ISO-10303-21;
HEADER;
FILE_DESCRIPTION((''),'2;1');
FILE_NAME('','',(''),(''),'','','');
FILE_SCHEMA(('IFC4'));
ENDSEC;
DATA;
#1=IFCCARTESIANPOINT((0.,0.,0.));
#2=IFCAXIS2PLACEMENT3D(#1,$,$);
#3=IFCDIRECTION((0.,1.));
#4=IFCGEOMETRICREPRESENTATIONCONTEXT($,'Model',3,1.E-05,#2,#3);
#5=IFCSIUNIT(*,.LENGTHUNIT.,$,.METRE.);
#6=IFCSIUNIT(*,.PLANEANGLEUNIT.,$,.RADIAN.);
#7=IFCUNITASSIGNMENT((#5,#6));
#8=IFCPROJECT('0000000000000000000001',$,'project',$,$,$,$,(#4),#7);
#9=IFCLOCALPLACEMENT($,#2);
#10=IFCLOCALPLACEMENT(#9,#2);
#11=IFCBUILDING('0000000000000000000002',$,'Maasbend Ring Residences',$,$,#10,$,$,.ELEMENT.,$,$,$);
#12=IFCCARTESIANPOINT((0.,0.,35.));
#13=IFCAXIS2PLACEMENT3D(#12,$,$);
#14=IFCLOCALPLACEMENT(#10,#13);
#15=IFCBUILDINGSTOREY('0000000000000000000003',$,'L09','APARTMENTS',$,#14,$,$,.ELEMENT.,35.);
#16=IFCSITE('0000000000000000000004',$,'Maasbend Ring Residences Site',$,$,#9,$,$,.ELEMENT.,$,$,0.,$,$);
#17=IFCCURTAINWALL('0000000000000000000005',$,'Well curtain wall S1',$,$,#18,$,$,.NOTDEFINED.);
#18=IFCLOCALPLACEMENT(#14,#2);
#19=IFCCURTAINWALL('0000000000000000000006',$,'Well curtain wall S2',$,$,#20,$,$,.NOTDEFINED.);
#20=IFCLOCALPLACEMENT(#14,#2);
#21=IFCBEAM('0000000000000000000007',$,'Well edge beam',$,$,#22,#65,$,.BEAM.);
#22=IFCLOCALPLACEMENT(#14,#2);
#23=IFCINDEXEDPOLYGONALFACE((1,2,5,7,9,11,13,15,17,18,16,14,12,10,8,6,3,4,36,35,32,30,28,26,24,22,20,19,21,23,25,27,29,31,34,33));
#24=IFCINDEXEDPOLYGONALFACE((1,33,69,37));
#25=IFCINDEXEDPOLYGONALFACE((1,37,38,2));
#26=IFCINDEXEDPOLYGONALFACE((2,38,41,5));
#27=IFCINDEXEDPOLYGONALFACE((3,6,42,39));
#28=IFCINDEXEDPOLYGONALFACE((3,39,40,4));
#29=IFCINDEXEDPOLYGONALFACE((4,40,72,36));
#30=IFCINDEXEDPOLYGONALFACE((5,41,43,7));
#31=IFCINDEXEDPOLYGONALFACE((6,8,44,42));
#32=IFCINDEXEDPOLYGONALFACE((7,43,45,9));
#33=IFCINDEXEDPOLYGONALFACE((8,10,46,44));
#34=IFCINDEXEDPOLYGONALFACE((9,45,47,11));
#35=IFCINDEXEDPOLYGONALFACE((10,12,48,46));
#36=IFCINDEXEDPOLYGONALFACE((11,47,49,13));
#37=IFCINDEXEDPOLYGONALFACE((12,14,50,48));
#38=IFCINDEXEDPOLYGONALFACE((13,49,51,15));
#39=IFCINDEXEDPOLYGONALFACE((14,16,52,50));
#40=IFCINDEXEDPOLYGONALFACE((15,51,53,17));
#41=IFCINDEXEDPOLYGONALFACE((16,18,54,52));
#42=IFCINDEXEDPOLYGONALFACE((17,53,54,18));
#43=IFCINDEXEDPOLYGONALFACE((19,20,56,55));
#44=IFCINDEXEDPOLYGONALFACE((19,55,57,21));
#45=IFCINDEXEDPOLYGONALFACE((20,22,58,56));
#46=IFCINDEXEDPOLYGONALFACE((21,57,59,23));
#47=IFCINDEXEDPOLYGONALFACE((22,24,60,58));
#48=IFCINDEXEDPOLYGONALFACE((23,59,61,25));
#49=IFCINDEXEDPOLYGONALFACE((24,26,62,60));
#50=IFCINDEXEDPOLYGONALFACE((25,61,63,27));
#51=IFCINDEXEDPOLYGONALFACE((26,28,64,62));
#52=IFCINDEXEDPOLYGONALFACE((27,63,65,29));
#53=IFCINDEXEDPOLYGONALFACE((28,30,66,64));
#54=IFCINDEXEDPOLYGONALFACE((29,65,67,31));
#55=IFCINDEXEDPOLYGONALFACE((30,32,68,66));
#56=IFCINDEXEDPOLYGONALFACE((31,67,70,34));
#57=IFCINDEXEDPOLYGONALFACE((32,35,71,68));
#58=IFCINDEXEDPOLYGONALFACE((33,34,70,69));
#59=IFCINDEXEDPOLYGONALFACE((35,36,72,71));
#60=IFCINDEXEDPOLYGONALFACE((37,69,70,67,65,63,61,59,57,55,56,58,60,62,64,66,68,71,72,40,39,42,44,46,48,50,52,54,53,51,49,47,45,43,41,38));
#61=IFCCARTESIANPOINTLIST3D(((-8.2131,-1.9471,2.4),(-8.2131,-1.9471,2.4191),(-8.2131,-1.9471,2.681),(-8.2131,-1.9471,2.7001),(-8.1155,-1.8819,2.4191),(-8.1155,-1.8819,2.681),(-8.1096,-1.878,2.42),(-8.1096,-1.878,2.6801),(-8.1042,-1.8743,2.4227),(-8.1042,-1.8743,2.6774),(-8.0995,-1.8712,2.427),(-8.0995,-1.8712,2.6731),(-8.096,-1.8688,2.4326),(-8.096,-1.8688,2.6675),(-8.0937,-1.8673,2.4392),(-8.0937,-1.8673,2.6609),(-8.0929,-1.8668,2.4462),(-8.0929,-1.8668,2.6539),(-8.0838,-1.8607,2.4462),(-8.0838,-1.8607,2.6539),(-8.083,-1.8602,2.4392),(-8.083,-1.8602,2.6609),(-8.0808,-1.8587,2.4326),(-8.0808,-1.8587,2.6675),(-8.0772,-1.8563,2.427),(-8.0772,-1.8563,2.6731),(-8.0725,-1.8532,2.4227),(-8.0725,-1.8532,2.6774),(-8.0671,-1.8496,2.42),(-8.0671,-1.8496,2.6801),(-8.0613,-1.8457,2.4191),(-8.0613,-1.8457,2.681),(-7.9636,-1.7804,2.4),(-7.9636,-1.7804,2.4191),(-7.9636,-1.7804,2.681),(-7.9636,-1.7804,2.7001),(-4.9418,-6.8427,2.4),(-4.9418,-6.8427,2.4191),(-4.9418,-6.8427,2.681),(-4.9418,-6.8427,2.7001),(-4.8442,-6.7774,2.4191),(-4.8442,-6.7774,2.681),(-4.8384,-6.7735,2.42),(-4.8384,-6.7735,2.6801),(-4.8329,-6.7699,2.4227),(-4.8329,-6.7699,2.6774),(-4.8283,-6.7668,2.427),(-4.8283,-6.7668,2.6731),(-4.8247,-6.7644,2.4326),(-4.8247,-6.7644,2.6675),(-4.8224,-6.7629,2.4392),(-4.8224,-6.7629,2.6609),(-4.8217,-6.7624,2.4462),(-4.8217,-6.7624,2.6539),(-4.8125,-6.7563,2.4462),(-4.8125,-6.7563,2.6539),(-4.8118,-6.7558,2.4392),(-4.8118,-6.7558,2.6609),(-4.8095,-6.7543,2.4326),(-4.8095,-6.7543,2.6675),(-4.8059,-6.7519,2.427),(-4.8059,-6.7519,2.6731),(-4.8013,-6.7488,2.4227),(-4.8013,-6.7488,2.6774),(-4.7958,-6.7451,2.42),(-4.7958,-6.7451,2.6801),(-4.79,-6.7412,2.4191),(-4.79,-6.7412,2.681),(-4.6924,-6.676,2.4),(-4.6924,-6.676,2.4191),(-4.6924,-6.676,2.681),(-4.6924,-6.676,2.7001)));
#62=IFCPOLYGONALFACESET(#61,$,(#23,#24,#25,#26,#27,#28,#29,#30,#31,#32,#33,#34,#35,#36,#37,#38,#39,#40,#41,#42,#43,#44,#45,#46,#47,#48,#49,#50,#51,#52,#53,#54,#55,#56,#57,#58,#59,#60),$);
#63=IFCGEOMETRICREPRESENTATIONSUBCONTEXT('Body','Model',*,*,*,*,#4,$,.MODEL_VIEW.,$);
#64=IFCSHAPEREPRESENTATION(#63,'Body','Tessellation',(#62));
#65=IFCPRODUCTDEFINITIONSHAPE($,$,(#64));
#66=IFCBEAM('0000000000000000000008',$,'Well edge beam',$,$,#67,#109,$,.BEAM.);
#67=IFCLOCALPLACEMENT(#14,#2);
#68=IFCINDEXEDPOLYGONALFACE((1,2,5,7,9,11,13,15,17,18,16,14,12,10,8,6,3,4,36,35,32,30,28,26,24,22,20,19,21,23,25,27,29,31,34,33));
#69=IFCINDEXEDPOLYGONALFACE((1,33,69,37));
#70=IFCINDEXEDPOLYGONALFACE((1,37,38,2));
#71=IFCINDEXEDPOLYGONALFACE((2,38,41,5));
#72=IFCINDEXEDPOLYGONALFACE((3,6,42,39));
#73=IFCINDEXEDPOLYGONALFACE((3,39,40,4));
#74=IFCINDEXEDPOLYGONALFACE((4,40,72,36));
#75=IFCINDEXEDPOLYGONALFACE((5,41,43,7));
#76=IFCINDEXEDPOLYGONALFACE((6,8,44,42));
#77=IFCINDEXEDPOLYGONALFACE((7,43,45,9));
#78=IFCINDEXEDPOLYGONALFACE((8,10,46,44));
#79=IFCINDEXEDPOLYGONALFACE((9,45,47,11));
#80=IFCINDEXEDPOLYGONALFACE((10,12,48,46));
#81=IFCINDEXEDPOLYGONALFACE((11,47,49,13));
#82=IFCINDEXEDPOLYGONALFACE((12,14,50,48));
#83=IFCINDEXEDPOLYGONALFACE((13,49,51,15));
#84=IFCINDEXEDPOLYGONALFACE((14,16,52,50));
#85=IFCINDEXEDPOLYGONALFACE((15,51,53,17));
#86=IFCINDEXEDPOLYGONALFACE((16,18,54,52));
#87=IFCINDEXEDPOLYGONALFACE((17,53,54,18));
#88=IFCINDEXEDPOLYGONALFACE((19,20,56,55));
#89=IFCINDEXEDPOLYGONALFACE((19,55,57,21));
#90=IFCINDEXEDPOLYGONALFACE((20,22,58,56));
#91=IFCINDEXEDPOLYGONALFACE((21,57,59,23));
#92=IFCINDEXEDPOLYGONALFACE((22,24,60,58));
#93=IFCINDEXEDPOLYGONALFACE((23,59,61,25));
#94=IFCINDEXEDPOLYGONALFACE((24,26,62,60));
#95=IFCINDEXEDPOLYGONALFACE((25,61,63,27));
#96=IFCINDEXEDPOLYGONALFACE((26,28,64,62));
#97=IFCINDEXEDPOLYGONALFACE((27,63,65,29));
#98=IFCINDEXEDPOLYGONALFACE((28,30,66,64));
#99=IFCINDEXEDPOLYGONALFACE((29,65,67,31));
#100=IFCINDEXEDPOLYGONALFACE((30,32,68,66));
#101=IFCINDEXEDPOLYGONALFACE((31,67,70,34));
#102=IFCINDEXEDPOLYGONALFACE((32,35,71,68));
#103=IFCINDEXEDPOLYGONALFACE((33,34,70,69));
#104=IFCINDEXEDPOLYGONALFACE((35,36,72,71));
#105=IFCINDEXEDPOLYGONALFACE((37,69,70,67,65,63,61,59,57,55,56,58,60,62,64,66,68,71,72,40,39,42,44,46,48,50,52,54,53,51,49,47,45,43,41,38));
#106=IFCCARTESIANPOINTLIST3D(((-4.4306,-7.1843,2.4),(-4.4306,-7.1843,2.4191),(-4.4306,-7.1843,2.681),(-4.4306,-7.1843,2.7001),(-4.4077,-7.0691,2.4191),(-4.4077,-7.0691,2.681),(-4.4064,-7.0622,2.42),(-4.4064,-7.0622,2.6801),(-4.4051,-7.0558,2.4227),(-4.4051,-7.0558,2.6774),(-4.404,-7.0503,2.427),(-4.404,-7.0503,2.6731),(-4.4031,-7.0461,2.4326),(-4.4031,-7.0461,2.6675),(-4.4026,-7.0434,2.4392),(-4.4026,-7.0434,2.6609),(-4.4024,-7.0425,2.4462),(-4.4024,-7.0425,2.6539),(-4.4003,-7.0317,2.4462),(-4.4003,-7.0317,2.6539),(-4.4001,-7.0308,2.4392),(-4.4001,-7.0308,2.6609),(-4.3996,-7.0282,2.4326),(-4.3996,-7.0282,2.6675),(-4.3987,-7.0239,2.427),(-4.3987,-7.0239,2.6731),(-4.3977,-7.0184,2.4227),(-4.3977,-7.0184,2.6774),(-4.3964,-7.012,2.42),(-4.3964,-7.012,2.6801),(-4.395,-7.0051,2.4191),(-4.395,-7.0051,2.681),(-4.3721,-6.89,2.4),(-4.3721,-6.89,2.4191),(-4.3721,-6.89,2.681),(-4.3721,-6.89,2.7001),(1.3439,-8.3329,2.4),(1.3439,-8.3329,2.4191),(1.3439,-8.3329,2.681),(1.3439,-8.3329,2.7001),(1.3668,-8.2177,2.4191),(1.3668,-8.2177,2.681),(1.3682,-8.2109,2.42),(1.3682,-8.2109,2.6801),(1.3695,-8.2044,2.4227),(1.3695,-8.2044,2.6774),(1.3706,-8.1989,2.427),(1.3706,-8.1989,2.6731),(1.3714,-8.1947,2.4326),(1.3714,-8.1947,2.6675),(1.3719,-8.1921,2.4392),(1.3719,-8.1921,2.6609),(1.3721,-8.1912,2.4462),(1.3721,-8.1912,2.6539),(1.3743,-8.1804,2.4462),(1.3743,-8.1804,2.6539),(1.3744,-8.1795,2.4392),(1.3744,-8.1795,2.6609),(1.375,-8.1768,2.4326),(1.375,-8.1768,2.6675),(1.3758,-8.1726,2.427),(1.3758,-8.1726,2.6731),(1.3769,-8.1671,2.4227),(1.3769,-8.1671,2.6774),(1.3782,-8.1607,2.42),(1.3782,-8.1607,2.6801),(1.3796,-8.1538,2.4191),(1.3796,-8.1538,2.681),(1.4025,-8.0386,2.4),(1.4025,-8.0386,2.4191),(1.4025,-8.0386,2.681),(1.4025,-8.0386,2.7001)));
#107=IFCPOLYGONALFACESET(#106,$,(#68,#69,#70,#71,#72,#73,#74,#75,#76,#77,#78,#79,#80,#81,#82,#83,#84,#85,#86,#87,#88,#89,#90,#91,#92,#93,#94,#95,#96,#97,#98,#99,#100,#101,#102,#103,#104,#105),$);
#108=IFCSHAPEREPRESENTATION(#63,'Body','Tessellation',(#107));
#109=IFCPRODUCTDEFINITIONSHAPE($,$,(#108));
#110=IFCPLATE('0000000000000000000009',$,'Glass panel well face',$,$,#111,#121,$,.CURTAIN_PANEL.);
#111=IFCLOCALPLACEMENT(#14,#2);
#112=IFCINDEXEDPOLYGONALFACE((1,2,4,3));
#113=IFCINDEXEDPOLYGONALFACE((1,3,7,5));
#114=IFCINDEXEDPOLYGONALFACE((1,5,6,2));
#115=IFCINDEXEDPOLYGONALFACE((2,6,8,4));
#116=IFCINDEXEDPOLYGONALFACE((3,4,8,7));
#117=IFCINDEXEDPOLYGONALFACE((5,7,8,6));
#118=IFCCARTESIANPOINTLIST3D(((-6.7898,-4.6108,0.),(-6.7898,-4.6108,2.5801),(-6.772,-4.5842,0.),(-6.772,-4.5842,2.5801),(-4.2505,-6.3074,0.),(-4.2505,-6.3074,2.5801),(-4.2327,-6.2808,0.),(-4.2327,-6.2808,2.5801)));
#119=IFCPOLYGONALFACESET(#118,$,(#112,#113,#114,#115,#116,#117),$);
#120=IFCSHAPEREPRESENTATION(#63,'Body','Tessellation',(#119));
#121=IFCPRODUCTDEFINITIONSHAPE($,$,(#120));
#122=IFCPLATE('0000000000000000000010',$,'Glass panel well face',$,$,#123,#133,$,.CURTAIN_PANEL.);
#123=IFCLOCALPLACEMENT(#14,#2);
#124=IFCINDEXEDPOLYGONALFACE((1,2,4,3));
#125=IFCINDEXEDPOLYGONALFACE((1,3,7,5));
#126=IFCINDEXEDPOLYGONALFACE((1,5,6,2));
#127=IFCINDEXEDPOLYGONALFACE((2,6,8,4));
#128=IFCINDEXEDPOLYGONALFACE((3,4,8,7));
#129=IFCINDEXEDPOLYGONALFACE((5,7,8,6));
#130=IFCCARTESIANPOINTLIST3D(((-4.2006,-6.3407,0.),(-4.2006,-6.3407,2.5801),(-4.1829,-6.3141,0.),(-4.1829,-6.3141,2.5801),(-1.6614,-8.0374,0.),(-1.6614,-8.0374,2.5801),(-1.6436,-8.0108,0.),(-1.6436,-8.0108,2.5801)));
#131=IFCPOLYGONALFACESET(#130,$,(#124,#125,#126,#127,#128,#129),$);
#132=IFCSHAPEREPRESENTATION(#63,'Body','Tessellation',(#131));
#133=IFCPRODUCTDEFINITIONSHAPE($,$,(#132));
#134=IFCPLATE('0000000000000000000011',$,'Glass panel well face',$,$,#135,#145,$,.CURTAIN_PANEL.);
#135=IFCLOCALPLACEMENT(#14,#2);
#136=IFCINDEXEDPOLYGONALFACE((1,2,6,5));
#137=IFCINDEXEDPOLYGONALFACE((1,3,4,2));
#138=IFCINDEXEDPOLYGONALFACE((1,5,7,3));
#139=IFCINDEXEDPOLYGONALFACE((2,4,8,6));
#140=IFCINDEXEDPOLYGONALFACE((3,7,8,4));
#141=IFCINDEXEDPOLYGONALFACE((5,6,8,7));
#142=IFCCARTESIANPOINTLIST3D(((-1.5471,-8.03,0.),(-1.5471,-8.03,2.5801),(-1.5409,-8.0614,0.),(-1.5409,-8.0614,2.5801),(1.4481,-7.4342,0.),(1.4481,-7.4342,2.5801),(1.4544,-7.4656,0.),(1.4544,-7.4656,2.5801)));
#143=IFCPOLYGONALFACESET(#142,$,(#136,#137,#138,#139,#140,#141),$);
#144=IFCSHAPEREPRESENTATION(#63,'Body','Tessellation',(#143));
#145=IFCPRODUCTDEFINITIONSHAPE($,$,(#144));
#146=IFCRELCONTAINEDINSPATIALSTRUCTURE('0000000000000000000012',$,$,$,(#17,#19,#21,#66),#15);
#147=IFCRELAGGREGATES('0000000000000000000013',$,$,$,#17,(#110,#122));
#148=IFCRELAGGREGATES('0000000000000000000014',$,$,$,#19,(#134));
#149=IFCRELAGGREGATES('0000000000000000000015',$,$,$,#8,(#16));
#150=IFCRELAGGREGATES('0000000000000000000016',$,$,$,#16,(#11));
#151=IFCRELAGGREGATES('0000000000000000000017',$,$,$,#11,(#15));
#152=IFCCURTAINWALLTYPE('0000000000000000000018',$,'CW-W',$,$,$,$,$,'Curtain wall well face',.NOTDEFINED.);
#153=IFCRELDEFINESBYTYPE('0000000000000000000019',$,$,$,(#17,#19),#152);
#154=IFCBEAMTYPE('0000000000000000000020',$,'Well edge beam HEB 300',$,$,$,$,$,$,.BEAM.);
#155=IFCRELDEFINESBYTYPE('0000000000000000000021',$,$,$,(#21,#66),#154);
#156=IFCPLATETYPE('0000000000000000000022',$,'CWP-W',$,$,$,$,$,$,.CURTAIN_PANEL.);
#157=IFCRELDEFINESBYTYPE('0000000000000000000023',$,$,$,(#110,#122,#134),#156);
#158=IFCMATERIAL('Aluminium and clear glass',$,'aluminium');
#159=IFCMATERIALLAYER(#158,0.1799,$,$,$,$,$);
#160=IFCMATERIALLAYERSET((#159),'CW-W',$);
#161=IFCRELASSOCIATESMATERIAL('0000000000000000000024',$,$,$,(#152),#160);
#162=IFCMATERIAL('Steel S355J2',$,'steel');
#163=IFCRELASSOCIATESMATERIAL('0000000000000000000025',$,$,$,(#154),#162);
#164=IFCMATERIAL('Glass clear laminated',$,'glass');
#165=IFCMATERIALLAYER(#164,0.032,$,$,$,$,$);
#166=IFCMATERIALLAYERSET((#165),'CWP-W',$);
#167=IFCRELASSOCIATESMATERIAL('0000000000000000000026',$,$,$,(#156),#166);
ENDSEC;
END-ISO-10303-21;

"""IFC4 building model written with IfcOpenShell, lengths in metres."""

from ifc_helpers import new_model, si_unit, direction, frame, origin, origin_2d, place, context, subcontext, project, spatial, rectangle, i_section, extrude, material, layer, layer_set, material_profile, profile_set, type_object, element, aggregate, save


model = new_model("IFC4")

# Units and contexts
model_context = context("Model", 3, precision=1e-05, world=origin(), true_north=direction((0.0, 1.0)))
body_context = subcontext(model_context, "Body", "Model", "MODEL_VIEW")
ifc_project = project(units=[si_unit("LENGTHUNIT", "METRE"), si_unit("PLANEANGLEUNIT", "RADIAN")], contexts=[model_context])

# Site, building, storey
site_placement = place(None, origin())
site = spatial("IfcSite", under=ifc_project, at=site_placement, Name="Maasbend Ring Residences Site", CompositionType="ELEMENT", RefElevation=0.0)
building_placement = place(site_placement, origin())
building = spatial("IfcBuilding", under=site, at=building_placement, Name="Maasbend Ring Residences", CompositionType="ELEMENT")
storey_placement = place(building_placement, frame((0.0, 0.0, 35.0)))
storey = spatial("IfcBuildingStorey", under=building, at=storey_placement, Name="L09", Description="APARTMENTS", CompositionType="ELEMENT", Elevation=35.0)

# Curtain wall
ifc_material_1 = material(Name="Aluminium and clear glass", Category="aluminium")
ifc_layer_1 = layer(ifc_material_1, 0.1799)
ifc_layer_set_1 = layer_set([ifc_layer_1], Name="CW-W")
curtain_wall_type = type_object("IfcCurtainWallType", Name="CW-W", ElementType="Curtain wall well face", PredefinedType="NOTDEFINED", material=ifc_layer_set_1)
curtain_wall_1_placement = place(storey_placement, origin())
curtain_wall_1 = element("IfcCurtainWall", 1, at=curtain_wall_1_placement, inside=storey, type_object=curtain_wall_type, Name="Well curtain wall S1", PredefinedType="NOTDEFINED")

# Curtain wall
curtain_wall_2_placement = place(storey_placement, origin())
curtain_wall_2 = element("IfcCurtainWall", 2, at=curtain_wall_2_placement, inside=storey, type_object=curtain_wall_type, Name="Well curtain wall S2", PredefinedType="NOTDEFINED")

# Beams
ifc_material_2 = material(Name="Steel S355J2", Category="steel")
ifc_material_profile_1 = material_profile(ifc_material_2, i_section(OverallWidth=0.3, OverallDepth=0.3, WebThickness=0.011, FlangeThickness=0.019, FilletRadius=0.0271, at=origin_2d()), Name="HEB 300")
ifc_profile_set_1 = profile_set([ifc_material_profile_1], Name="Steel S355J2")
beam_type = type_object("IfcBeamType", Name="Well edge beam HEB 300", PredefinedType="BEAM", material=ifc_profile_set_1)
beam_1_placement = place(storey_placement, frame((-8.0884, -1.8638, 2.55), z_axis=(0.55559, -0.831457, 0.0), x_axis=(0.831457, 0.55559, 0.0)))
element("IfcBeam", 3, at=beam_1_placement, inside=storey, type_object=beam_type, Name="Well edge beam", PredefinedType="BEAM", context=body_context, shape_type="SweptSolid", body=[
    extrude(i_section(OverallWidth=0.3, OverallDepth=0.3, WebThickness=0.011, FlangeThickness=0.019, FilletRadius=0.0271, at=origin_2d()), origin(), (0.0, 0.0, 1.0), 5.8879),
])
beam_2_placement = place(storey_placement, frame((-4.4014, -7.0371, 2.55), z_axis=(0.980784, -0.195095, 0.0), x_axis=(0.195095, 0.980784, 0.0)))
element("IfcBeam", 4, at=beam_2_placement, inside=storey, type_object=beam_type, Name="Well edge beam", PredefinedType="BEAM", context=body_context, shape_type="SweptSolid", body=[
    extrude(i_section(OverallWidth=0.3, OverallDepth=0.3, WebThickness=0.011, FlangeThickness=0.019, FilletRadius=0.0271, at=origin_2d()), origin(), (0.0, 0.0, 1.0), 5.8877),
])

# Plates
ifc_material_3 = material(Name="Glass clear laminated", Category="glass")
ifc_layer_2 = layer(ifc_material_3, 0.032)
ifc_layer_set_2 = layer_set([ifc_layer_2], Name="CWP-W")
plate_type = type_object("IfcPlateType", Name="CWP-W", PredefinedType="CURTAIN_PANEL", material=ifc_layer_set_2)
plate_1_placement = place(storey_placement, frame((-5.5112, -5.4458, 0.0), z_axis=(0.0, 0.0, 1.0), x_axis=(0.83147, -0.55557, 0.0)))
plate_1 = element("IfcPlate", 5, at=plate_1_placement, type_object=plate_type, Name="Glass panel well face", PredefinedType="CURTAIN_PANEL", context=body_context, shape_type="SweptSolid", body=[
    extrude(rectangle(XDim=3.054, YDim=0.032, at=origin_2d()), origin(), (0.0, 0.0, 1.0), 2.5801),
])
plate_2_placement = place(storey_placement, frame((-2.9221, -7.1758, 0.0), z_axis=(0.0, 0.0, 1.0), x_axis=(0.83147, -0.55557, 0.0)))
plate_2 = element("IfcPlate", 6, at=plate_2_placement, type_object=plate_type, Name="Glass panel well face", PredefinedType="CURTAIN_PANEL", context=body_context, shape_type="SweptSolid", body=[
    extrude(rectangle(XDim=3.054, YDim=0.032, at=origin_2d()), origin(), (0.0, 0.0, 1.0), 2.5801),
])
aggregate(curtain_wall_1, [plate_1, plate_2])
plate_3_placement = place(storey_placement, frame((-0.0464, -7.7478, 0.0), z_axis=(0.0, 0.0, 1.0), x_axis=(0.980785, 0.19509, 0.0)))
plate_3 = element("IfcPlate", 7, at=plate_3_placement, type_object=plate_type, Name="Glass panel well face", PredefinedType="CURTAIN_PANEL", context=body_context, shape_type="SweptSolid", body=[
    extrude(rectangle(XDim=3.054, YDim=0.032, at=origin_2d()), origin(), (0.0, 0.0, 1.0), 2.5801),
])
aggregate(curtain_wall_2, [plate_3])

save(model, "model.ifc")
